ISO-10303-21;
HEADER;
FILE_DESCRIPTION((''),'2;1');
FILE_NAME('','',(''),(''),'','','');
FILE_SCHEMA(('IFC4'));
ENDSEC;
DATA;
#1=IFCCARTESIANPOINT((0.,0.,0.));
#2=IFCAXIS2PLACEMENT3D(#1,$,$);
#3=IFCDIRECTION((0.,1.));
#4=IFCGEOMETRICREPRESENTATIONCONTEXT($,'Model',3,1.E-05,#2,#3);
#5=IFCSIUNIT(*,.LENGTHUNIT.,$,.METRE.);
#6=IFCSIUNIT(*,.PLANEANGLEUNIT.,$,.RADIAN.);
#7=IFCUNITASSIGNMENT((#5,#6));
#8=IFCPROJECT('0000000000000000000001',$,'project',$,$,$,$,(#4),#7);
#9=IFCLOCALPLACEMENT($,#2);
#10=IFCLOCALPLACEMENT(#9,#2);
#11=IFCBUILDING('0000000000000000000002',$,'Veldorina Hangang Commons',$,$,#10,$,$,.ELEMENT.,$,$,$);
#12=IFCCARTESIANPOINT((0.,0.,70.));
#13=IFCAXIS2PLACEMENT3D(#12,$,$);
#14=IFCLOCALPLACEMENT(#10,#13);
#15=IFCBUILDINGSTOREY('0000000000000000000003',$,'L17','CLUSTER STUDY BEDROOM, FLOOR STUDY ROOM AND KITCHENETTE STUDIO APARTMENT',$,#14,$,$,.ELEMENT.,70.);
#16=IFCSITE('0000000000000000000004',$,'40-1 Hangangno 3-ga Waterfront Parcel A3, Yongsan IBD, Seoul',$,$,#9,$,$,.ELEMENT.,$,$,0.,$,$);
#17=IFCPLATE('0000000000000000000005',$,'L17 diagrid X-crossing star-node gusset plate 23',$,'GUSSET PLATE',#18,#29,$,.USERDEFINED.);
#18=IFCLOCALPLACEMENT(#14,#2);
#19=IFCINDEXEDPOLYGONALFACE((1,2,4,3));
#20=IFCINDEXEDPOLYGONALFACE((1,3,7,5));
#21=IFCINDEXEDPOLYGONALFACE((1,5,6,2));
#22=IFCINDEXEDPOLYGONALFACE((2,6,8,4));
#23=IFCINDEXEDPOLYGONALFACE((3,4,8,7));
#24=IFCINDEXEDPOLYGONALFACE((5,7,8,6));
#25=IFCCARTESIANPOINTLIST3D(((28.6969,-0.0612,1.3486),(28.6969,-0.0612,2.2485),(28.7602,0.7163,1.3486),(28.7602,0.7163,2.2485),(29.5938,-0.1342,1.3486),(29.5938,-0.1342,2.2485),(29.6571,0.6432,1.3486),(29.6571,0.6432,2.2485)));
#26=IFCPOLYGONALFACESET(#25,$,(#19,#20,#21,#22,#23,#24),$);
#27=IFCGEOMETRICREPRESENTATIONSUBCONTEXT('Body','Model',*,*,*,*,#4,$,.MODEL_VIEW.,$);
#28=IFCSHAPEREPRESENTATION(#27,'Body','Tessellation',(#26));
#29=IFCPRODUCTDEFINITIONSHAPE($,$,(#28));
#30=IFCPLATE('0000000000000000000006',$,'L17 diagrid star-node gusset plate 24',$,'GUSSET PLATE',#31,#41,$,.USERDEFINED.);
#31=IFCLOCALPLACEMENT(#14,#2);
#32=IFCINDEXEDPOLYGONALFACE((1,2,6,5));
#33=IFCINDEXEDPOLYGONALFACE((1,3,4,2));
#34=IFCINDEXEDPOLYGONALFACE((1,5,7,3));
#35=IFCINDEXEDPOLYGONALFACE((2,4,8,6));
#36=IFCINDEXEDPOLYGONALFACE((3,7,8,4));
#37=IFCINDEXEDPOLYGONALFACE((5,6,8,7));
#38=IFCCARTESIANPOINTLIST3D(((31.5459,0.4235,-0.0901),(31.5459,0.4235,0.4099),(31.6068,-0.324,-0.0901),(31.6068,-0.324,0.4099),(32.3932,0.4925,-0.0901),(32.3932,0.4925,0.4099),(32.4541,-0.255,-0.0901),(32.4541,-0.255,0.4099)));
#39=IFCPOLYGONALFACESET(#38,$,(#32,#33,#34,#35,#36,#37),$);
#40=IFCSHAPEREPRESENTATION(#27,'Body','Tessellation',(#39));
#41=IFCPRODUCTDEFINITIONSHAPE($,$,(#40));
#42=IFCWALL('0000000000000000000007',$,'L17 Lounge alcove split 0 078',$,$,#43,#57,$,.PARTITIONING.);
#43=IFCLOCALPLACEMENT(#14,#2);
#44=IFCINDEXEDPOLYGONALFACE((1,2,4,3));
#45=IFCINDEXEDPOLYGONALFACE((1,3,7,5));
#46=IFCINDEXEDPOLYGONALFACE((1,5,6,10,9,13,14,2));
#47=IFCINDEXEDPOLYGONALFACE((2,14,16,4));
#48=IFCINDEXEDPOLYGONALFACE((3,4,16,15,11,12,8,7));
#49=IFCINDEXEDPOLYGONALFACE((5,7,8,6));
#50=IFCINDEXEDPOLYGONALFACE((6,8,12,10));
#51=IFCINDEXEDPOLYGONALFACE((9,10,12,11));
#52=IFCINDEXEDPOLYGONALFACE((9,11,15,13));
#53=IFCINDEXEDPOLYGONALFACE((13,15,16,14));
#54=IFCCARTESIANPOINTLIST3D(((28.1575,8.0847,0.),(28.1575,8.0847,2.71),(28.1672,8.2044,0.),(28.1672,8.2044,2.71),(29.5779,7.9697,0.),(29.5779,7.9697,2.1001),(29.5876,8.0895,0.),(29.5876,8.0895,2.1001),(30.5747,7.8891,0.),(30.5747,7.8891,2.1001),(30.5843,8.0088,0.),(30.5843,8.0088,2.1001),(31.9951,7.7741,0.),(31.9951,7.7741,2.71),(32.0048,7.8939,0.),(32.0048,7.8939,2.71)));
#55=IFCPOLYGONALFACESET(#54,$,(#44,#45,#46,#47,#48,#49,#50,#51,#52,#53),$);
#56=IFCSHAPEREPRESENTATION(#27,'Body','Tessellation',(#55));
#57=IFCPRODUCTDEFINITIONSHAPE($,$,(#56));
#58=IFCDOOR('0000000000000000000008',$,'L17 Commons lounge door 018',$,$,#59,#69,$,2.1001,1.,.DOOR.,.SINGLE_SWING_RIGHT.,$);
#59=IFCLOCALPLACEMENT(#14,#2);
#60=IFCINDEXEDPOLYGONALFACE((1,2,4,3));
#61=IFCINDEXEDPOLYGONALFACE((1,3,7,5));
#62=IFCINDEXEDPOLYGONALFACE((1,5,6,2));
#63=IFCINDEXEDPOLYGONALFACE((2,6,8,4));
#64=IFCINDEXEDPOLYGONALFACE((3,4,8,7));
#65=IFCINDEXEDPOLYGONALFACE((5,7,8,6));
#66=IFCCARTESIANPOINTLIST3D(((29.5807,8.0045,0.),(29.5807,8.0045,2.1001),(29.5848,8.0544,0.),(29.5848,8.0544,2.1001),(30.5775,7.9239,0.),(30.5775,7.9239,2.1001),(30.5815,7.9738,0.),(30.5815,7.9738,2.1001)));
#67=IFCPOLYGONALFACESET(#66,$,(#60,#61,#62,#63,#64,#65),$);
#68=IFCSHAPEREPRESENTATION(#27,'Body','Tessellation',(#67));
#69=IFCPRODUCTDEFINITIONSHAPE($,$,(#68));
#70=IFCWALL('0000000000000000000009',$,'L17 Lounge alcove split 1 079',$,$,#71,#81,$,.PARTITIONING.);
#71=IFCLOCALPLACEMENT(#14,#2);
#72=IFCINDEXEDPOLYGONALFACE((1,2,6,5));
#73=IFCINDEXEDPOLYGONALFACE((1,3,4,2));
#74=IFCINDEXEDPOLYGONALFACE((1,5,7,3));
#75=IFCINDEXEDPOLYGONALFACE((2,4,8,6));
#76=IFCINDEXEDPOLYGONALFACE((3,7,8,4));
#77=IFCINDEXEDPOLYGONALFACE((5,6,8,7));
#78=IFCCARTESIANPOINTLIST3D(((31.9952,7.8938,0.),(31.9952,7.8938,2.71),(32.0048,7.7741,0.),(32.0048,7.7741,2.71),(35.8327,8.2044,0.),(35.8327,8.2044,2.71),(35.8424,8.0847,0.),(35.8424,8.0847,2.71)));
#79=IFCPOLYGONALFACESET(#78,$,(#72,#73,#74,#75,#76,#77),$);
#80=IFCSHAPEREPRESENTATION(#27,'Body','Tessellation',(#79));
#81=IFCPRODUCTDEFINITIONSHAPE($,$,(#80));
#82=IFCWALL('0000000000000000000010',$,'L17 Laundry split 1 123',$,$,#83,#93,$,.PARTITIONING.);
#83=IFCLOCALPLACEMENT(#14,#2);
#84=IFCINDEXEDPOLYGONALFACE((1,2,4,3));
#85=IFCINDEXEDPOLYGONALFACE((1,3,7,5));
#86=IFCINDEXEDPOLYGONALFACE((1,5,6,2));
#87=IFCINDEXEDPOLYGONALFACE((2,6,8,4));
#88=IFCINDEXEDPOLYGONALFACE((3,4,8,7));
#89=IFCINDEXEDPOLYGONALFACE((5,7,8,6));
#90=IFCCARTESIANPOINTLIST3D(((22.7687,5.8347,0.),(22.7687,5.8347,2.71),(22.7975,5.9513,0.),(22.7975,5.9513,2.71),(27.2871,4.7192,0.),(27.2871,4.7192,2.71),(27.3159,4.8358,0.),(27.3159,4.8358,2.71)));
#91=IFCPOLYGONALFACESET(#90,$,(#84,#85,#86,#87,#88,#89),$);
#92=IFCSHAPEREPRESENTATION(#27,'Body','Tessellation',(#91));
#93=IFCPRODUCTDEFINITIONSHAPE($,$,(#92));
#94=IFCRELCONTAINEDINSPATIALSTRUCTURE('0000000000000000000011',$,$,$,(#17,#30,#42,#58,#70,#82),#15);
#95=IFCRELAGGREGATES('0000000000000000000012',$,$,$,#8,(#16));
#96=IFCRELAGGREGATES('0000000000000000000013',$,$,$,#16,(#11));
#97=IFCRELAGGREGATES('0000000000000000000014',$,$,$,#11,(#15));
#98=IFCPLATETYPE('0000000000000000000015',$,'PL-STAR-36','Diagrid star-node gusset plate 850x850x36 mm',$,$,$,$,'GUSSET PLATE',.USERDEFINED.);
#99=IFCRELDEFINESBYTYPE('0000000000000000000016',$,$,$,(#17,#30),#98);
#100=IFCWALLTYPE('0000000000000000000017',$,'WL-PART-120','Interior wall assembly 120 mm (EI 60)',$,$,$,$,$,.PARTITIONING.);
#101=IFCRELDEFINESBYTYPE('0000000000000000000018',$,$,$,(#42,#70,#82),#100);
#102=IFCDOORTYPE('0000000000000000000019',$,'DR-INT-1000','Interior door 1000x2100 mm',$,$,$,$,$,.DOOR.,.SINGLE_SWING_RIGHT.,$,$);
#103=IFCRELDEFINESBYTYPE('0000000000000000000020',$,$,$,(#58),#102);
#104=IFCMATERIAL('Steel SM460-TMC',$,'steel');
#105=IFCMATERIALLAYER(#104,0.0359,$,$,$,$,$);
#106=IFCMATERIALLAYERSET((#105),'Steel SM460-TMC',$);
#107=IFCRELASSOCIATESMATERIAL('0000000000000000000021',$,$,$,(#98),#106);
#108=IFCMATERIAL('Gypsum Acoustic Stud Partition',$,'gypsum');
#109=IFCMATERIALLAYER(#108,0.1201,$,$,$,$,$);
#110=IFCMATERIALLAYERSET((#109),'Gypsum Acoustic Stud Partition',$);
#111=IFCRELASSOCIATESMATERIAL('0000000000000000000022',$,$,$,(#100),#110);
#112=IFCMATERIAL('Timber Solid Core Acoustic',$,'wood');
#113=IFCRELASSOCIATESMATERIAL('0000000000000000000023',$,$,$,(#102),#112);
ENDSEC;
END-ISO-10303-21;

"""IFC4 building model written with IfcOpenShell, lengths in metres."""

from ifc_helpers import new_model, si_unit, direction, frame, frame_2d, origin, origin_2d, place, context, subcontext, project, spatial, rectangle, extrude, material, layer, layer_set, type_object, element, fill, save


model = new_model("IFC4")

# Units and contexts
model_context = context("Model", 3, precision=1e-05, world=origin(), true_north=direction((0.0, 1.0)))
body_context = subcontext(model_context, "Body", "Model", "MODEL_VIEW")
ifc_project = project(units=[si_unit("LENGTHUNIT", "METRE"), si_unit("PLANEANGLEUNIT", "RADIAN")], contexts=[model_context])

# Site, building, storey
site_placement = place(None, origin())
site = spatial("IfcSite", under=ifc_project, at=site_placement, Name="40-1 Hangangno 3-ga Waterfront Parcel A3, Yongsan IBD, Seoul", CompositionType="ELEMENT", RefElevation=0.0)
building_placement = place(site_placement, origin())
building = spatial("IfcBuilding", under=site, at=building_placement, Name="Veldorina Hangang Commons", CompositionType="ELEMENT")
storey_placement = place(building_placement, frame((0.0, 0.0, 70.0)))
storey = spatial("IfcBuildingStorey", under=building, at=storey_placement, Name="L17", Description="CLUSTER STUDY BEDROOM, FLOOR STUDY ROOM AND KITCHENETTE STUDIO APARTMENT", CompositionType="ELEMENT", Elevation=70.0)

# Shared definitions
ifc_material_1 = material(Name="Steel SM460-TMC", Category="steel")

# Plates
ifc_layer_1 = layer(ifc_material_1, 0.0359)
ifc_layer_set_1 = layer_set([ifc_layer_1], Name="Steel SM460-TMC")
plate_type_1 = type_object("IfcPlateType", Name="PL-STAR-36", Description="Diagrid star-node gusset plate 850x850x36 mm", ElementType="GUSSET PLATE", PredefinedType="USERDEFINED", material=ifc_layer_set_1)
plate_1_placement = place(storey_placement, frame((29.177, 0.291, 1.3486), z_axis=(0.0, 0.0, 1.0), x_axis=(0.996699, -0.081191, 0.0)))
element("IfcPlate", 1, at=plate_1_placement, inside=storey, type_object=plate_type_1, Name="L17 diagrid X-crossing star-node gusset plate 23", ObjectType="GUSSET PLATE", PredefinedType="USERDEFINED", context=body_context, shape_type="SweptSolid", body=[
    extrude(rectangle(XDim=0.8999, YDim=0.78, at=origin_2d()), origin(), (0.0, 0.0, 1.0), 0.8999),
])
plate_2_placement = place(storey_placement, frame((32.0, 0.0842, -0.0901), z_axis=(0.0, 0.0, 1.0), x_axis=(0.996699, 0.081191, 0.0)))
element("IfcPlate", 2, at=plate_2_placement, inside=storey, type_object=plate_type_1, Name="L17 diagrid star-node gusset plate 24", ObjectType="GUSSET PLATE", PredefinedType="USERDEFINED", context=body_context, shape_type="SweptSolid", body=[
    extrude(rectangle(XDim=0.8501, YDim=0.75, at=origin_2d()), origin(), (0.0, 0.0, 1.0), 0.5),
])

# Wall, opening, door
ifc_material_2 = material(Name="Gypsum Acoustic Stud Partition", Category="gypsum")
ifc_layer_2 = layer(ifc_material_2, 0.1201)
ifc_layer_set_2 = layer_set([ifc_layer_2], Name="Gypsum Acoustic Stud Partition")
wall_type_1 = type_object("IfcWallType", Name="WL-PART-120", Description="Interior wall assembly 120 mm (EI 60)", PredefinedType="PARTITIONING", material=ifc_layer_set_2)
wall_1_placement = place(storey_placement, frame((28.1624, 8.1445, 0.0), z_axis=(0.0, 0.0, 1.0), x_axis=(0.996742, -0.080658, 0.0)))
wall_1 = element("IfcWall", 3, at=wall_1_placement, inside=storey, type_object=wall_type_1, Name="L17 Lounge alcove split 0 078", PredefinedType="PARTITIONING", context=body_context, shape_type="SweptSolid", body=[
    extrude(rectangle(XDim=3.8501, YDim=0.1201, at=frame_2d((1.925, 0.0))), origin(), (0.0, 0.0, 1.0), 2.71),
])
opening_1_placement = place(wall_1_placement, frame((1.425, 0.0, 0.0)))
opening_1 = element("IfcOpeningElement", 4, at=opening_1_placement, cuts=wall_1, PredefinedType="OPENING", context=body_context, shape_type="SweptSolid", body=[
    extrude(rectangle(XDim=1.0, YDim=2.1001, at=frame_2d((0.5, 1.05))), frame((0.0, 0.0701, 0.0), z_axis=(0.0, -1.0, 0.0), x_axis=(1.0, 0.0, 0.0)), (0.0, 0.0, 1.0), 0.1401),
])
ifc_material_3 = material(Name="Timber Solid Core Acoustic", Category="wood")
door_type_1 = type_object("IfcDoorType", Name="DR-INT-1000", Description="Interior door 1000x2100 mm", OperationType="SINGLE_SWING_RIGHT", PredefinedType="DOOR", material=ifc_material_3)
door_1_placement = place(opening_1_placement, origin())
door_1 = element("IfcDoor", 5, at=door_1_placement, inside=storey, type_object=door_type_1, Name="L17 Commons lounge door 018", OperationType="SINGLE_SWING_RIGHT", OverallHeight=2.1001, OverallWidth=1.0, PredefinedType="DOOR", context=body_context, shape_type="SweptSolid", body=[
    extrude(rectangle(XDim=1.0, YDim=2.1001, at=frame_2d((0.5, 1.05))), frame((0.0, 0.0249, 0.0), z_axis=(0.0, -1.0, 0.0), x_axis=(1.0, 0.0, 0.0)), (0.0, 0.0, 1.0), 0.05),
])
fill(opening_1, door_1)

# Walls
wall_2_placement = place(storey_placement, frame((32.0, 7.834, 0.0), z_axis=(0.0, 0.0, 1.0), x_axis=(0.996742, 0.080658, 0.0)))
element("IfcWall", 6, at=wall_2_placement, inside=storey, type_object=wall_type_1, Name="L17 Lounge alcove split 1 079", PredefinedType="PARTITIONING", context=body_context, shape_type="SweptSolid", body=[
    extrude(rectangle(XDim=3.8501, YDim=0.1201, at=frame_2d((1.925, 0.0))), origin(), (0.0, 0.0, 1.0), 2.71),
])
wall_3_placement = place(storey_placement, frame((22.783, 5.8931, 0.0), z_axis=(0.0, 0.0, 1.0), x_axis=(0.970851, -0.239683, 0.0)))
element("IfcWall", 7, at=wall_3_placement, inside=storey, type_object=wall_type_1, Name="L17 Laundry split 1 123", PredefinedType="PARTITIONING", context=body_context, shape_type="SweptSolid", body=[
    extrude(rectangle(XDim=4.6541, YDim=0.1201, at=frame_2d((2.3271, 0.0))), origin(), (0.0, 0.0, 1.0), 2.71),
])

save(model, "model.ifc")
